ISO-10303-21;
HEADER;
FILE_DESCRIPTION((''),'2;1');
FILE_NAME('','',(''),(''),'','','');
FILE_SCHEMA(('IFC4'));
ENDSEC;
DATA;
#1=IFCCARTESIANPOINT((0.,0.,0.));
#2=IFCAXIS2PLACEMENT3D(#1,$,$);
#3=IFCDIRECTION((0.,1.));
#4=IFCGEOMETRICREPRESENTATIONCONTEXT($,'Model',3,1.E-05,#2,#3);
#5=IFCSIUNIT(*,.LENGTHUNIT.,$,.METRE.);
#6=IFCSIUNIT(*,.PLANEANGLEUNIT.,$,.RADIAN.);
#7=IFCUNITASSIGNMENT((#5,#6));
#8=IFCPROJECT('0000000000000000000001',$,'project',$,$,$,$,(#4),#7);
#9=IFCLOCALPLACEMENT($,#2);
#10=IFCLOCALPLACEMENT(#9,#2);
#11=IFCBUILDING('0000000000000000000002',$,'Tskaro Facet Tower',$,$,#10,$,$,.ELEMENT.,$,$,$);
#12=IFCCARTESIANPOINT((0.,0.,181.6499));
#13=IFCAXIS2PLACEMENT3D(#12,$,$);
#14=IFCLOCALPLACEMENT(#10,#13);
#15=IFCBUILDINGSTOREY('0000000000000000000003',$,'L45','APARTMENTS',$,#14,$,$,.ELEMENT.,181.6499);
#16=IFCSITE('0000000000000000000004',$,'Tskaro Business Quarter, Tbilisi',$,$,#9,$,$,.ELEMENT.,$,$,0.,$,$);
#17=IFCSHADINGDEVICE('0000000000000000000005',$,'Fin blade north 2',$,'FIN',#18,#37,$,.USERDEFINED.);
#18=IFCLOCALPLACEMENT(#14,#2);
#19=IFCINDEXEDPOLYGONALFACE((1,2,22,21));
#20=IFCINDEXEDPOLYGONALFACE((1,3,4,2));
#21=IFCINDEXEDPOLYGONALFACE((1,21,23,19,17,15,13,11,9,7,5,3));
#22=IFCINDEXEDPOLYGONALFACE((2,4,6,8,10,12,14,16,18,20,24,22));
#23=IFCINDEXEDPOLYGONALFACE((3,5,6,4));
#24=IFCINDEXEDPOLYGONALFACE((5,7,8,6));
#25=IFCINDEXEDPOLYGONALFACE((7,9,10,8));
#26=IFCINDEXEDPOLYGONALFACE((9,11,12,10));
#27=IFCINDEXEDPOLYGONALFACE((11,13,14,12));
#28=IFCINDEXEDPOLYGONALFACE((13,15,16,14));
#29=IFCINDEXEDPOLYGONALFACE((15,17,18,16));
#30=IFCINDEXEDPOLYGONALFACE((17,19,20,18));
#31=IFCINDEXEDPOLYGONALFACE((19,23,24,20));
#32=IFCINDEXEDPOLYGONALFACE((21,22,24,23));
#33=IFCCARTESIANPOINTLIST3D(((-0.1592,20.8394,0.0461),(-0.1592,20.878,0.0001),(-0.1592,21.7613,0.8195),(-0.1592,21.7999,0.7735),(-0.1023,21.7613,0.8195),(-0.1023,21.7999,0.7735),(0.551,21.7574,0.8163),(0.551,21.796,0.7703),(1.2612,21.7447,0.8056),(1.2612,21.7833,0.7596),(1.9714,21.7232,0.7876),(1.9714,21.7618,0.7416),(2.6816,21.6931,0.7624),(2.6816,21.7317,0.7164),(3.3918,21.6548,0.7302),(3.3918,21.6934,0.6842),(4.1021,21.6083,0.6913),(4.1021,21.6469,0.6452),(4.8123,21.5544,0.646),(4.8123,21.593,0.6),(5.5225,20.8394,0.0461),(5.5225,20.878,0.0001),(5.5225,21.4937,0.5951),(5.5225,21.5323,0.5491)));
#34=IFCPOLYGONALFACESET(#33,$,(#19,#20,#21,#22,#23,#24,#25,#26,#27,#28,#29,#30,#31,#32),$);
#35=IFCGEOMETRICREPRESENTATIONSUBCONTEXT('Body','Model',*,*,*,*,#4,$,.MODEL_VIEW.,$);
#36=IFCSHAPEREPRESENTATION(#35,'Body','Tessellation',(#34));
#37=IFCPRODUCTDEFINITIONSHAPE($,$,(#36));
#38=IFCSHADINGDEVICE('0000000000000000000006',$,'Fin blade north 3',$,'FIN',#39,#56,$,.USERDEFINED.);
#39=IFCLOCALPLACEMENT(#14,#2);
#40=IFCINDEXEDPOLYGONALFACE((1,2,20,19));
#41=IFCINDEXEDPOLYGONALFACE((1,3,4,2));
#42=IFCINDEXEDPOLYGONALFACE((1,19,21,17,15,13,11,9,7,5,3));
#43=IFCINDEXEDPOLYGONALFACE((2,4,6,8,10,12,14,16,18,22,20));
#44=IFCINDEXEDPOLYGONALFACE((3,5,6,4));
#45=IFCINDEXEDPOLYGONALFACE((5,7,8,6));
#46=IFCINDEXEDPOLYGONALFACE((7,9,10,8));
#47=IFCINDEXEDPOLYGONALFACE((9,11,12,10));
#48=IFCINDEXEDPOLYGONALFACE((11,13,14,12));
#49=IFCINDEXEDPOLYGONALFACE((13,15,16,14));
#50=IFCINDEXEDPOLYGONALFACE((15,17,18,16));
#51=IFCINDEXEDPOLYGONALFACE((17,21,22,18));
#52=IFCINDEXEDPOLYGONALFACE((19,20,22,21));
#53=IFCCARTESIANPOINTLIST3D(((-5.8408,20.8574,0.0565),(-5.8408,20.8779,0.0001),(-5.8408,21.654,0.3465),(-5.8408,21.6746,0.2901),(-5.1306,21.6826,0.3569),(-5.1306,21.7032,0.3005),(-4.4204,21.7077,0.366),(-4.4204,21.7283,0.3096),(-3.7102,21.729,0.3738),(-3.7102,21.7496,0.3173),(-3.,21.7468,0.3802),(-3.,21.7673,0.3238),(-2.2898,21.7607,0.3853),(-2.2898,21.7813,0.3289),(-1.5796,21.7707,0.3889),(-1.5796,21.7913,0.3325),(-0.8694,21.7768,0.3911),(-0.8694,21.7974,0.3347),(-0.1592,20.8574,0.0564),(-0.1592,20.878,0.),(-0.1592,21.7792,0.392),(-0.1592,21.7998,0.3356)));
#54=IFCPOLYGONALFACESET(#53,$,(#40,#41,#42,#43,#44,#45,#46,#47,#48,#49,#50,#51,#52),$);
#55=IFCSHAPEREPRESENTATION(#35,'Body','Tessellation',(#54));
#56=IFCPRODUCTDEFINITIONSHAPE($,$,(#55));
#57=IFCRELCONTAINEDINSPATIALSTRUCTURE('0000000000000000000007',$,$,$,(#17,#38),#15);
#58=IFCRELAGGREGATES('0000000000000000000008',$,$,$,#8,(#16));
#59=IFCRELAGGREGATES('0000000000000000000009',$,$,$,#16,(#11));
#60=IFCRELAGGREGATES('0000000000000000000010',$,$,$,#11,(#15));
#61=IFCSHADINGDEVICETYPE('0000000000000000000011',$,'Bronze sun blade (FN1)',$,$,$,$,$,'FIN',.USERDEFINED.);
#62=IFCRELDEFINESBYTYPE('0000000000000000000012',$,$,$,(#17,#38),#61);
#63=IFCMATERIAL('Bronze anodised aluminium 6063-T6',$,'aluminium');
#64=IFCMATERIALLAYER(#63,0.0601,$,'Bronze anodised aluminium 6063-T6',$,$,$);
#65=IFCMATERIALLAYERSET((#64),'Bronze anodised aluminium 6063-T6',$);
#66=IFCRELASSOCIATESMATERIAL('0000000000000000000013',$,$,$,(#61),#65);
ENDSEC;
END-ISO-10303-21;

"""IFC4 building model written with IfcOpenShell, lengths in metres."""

from ifc_helpers import new_model, si_unit, direction, frame, origin, place, context, subcontext, project, spatial, polyline, outline, extrude, material, layer, layer_set, type_object, element, save


model = new_model("IFC4")

# Units and contexts
model_context = context("Model", 3, precision=1e-05, world=origin(), true_north=direction((0.0, 1.0)))
body_context = subcontext(model_context, "Body", "Model", "MODEL_VIEW")
ifc_project = project(units=[si_unit("LENGTHUNIT", "METRE"), si_unit("PLANEANGLEUNIT", "RADIAN")], contexts=[model_context])

# Site, building, storey
site_placement = place(None, origin())
site = spatial("IfcSite", under=ifc_project, at=site_placement, Name="Tskaro Business Quarter, Tbilisi", CompositionType="ELEMENT", RefElevation=0.0)
building_placement = place(site_placement, origin())
building = spatial("IfcBuilding", under=site, at=building_placement, Name="Tskaro Facet Tower", CompositionType="ELEMENT")
storey_placement = place(building_placement, frame((0.0, 0.0, 181.6499)))
storey = spatial("IfcBuildingStorey", under=building, at=storey_placement, Name="L45", Description="APARTMENTS", CompositionType="ELEMENT", Elevation=181.6499)

# Shared definitions
ifc_material_1 = material(Name="Bronze anodised aluminium 6063-T6", Category="aluminium")

# Shading devices
ifc_layer_1 = layer(ifc_material_1, 0.0601, Name="Bronze anodised aluminium 6063-T6")
ifc_layer_set_1 = layer_set([ifc_layer_1], Name="Bronze anodised aluminium 6063-T6")
shading_device_type = type_object("IfcShadingDeviceType", Name="Bronze sun blade (FN1)", ElementType="FIN", PredefinedType="USERDEFINED", material=ifc_layer_set_1)
shading_device_1_placement = place(storey_placement, frame((5.5225, 20.8394, 0.0461), z_axis=(-0.000005, -0.642724, 0.766098), x_axis=(-1.0, 0.000003, -0.000004)))
element("IfcShadingDevice", 1, at=shading_device_1_placement, inside=storey, type_object=shading_device_type, Name="Fin blade north 2", ObjectType="FIN", PredefinedType="USERDEFINED", context=body_context, shape_type="SweptSolid", body=[
    extrude(outline(polyline([(0.0, 0.0), (5.6816, 0.0), (5.6816, -1.2034), (5.6248, -1.2034), (4.9714, -1.1983), (4.2612, -1.1817), (3.551, -1.1536), (2.8408, -1.1145), (2.1306, -1.0644), (1.4204, -1.0037), (0.7102, -0.9334), (0.0, -0.8542), (0.0, 0.0)])), origin(), (0.0, 0.0, -1.0), 0.0601),
])
shading_device_2_placement = place(storey_placement, frame((-0.1592, 20.8574, 0.0564), z_axis=(0.000017, -0.342099, 0.939664), x_axis=(-1.0, -0.000006, 0.000016)))
element("IfcShadingDevice", 2, at=shading_device_2_placement, inside=storey, type_object=shading_device_type, Name="Fin blade north 3", ObjectType="FIN", PredefinedType="USERDEFINED", context=body_context, shape_type="SweptSolid", body=[
    extrude(outline(polyline([(0.0, 0.0), (5.6816, 0.0), (5.6816, -0.8478), (4.9714, -0.8782), (4.2612, -0.9049), (3.551, -0.9276), (2.8408, -0.9465), (2.1306, -0.9613), (1.4204, -0.972), (0.7102, -0.9785), (0.0, -0.981), (0.0, 0.0)])), origin(), (0.0, 0.0, -1.0), 0.0601),
])

save(model, "model.ifc")
